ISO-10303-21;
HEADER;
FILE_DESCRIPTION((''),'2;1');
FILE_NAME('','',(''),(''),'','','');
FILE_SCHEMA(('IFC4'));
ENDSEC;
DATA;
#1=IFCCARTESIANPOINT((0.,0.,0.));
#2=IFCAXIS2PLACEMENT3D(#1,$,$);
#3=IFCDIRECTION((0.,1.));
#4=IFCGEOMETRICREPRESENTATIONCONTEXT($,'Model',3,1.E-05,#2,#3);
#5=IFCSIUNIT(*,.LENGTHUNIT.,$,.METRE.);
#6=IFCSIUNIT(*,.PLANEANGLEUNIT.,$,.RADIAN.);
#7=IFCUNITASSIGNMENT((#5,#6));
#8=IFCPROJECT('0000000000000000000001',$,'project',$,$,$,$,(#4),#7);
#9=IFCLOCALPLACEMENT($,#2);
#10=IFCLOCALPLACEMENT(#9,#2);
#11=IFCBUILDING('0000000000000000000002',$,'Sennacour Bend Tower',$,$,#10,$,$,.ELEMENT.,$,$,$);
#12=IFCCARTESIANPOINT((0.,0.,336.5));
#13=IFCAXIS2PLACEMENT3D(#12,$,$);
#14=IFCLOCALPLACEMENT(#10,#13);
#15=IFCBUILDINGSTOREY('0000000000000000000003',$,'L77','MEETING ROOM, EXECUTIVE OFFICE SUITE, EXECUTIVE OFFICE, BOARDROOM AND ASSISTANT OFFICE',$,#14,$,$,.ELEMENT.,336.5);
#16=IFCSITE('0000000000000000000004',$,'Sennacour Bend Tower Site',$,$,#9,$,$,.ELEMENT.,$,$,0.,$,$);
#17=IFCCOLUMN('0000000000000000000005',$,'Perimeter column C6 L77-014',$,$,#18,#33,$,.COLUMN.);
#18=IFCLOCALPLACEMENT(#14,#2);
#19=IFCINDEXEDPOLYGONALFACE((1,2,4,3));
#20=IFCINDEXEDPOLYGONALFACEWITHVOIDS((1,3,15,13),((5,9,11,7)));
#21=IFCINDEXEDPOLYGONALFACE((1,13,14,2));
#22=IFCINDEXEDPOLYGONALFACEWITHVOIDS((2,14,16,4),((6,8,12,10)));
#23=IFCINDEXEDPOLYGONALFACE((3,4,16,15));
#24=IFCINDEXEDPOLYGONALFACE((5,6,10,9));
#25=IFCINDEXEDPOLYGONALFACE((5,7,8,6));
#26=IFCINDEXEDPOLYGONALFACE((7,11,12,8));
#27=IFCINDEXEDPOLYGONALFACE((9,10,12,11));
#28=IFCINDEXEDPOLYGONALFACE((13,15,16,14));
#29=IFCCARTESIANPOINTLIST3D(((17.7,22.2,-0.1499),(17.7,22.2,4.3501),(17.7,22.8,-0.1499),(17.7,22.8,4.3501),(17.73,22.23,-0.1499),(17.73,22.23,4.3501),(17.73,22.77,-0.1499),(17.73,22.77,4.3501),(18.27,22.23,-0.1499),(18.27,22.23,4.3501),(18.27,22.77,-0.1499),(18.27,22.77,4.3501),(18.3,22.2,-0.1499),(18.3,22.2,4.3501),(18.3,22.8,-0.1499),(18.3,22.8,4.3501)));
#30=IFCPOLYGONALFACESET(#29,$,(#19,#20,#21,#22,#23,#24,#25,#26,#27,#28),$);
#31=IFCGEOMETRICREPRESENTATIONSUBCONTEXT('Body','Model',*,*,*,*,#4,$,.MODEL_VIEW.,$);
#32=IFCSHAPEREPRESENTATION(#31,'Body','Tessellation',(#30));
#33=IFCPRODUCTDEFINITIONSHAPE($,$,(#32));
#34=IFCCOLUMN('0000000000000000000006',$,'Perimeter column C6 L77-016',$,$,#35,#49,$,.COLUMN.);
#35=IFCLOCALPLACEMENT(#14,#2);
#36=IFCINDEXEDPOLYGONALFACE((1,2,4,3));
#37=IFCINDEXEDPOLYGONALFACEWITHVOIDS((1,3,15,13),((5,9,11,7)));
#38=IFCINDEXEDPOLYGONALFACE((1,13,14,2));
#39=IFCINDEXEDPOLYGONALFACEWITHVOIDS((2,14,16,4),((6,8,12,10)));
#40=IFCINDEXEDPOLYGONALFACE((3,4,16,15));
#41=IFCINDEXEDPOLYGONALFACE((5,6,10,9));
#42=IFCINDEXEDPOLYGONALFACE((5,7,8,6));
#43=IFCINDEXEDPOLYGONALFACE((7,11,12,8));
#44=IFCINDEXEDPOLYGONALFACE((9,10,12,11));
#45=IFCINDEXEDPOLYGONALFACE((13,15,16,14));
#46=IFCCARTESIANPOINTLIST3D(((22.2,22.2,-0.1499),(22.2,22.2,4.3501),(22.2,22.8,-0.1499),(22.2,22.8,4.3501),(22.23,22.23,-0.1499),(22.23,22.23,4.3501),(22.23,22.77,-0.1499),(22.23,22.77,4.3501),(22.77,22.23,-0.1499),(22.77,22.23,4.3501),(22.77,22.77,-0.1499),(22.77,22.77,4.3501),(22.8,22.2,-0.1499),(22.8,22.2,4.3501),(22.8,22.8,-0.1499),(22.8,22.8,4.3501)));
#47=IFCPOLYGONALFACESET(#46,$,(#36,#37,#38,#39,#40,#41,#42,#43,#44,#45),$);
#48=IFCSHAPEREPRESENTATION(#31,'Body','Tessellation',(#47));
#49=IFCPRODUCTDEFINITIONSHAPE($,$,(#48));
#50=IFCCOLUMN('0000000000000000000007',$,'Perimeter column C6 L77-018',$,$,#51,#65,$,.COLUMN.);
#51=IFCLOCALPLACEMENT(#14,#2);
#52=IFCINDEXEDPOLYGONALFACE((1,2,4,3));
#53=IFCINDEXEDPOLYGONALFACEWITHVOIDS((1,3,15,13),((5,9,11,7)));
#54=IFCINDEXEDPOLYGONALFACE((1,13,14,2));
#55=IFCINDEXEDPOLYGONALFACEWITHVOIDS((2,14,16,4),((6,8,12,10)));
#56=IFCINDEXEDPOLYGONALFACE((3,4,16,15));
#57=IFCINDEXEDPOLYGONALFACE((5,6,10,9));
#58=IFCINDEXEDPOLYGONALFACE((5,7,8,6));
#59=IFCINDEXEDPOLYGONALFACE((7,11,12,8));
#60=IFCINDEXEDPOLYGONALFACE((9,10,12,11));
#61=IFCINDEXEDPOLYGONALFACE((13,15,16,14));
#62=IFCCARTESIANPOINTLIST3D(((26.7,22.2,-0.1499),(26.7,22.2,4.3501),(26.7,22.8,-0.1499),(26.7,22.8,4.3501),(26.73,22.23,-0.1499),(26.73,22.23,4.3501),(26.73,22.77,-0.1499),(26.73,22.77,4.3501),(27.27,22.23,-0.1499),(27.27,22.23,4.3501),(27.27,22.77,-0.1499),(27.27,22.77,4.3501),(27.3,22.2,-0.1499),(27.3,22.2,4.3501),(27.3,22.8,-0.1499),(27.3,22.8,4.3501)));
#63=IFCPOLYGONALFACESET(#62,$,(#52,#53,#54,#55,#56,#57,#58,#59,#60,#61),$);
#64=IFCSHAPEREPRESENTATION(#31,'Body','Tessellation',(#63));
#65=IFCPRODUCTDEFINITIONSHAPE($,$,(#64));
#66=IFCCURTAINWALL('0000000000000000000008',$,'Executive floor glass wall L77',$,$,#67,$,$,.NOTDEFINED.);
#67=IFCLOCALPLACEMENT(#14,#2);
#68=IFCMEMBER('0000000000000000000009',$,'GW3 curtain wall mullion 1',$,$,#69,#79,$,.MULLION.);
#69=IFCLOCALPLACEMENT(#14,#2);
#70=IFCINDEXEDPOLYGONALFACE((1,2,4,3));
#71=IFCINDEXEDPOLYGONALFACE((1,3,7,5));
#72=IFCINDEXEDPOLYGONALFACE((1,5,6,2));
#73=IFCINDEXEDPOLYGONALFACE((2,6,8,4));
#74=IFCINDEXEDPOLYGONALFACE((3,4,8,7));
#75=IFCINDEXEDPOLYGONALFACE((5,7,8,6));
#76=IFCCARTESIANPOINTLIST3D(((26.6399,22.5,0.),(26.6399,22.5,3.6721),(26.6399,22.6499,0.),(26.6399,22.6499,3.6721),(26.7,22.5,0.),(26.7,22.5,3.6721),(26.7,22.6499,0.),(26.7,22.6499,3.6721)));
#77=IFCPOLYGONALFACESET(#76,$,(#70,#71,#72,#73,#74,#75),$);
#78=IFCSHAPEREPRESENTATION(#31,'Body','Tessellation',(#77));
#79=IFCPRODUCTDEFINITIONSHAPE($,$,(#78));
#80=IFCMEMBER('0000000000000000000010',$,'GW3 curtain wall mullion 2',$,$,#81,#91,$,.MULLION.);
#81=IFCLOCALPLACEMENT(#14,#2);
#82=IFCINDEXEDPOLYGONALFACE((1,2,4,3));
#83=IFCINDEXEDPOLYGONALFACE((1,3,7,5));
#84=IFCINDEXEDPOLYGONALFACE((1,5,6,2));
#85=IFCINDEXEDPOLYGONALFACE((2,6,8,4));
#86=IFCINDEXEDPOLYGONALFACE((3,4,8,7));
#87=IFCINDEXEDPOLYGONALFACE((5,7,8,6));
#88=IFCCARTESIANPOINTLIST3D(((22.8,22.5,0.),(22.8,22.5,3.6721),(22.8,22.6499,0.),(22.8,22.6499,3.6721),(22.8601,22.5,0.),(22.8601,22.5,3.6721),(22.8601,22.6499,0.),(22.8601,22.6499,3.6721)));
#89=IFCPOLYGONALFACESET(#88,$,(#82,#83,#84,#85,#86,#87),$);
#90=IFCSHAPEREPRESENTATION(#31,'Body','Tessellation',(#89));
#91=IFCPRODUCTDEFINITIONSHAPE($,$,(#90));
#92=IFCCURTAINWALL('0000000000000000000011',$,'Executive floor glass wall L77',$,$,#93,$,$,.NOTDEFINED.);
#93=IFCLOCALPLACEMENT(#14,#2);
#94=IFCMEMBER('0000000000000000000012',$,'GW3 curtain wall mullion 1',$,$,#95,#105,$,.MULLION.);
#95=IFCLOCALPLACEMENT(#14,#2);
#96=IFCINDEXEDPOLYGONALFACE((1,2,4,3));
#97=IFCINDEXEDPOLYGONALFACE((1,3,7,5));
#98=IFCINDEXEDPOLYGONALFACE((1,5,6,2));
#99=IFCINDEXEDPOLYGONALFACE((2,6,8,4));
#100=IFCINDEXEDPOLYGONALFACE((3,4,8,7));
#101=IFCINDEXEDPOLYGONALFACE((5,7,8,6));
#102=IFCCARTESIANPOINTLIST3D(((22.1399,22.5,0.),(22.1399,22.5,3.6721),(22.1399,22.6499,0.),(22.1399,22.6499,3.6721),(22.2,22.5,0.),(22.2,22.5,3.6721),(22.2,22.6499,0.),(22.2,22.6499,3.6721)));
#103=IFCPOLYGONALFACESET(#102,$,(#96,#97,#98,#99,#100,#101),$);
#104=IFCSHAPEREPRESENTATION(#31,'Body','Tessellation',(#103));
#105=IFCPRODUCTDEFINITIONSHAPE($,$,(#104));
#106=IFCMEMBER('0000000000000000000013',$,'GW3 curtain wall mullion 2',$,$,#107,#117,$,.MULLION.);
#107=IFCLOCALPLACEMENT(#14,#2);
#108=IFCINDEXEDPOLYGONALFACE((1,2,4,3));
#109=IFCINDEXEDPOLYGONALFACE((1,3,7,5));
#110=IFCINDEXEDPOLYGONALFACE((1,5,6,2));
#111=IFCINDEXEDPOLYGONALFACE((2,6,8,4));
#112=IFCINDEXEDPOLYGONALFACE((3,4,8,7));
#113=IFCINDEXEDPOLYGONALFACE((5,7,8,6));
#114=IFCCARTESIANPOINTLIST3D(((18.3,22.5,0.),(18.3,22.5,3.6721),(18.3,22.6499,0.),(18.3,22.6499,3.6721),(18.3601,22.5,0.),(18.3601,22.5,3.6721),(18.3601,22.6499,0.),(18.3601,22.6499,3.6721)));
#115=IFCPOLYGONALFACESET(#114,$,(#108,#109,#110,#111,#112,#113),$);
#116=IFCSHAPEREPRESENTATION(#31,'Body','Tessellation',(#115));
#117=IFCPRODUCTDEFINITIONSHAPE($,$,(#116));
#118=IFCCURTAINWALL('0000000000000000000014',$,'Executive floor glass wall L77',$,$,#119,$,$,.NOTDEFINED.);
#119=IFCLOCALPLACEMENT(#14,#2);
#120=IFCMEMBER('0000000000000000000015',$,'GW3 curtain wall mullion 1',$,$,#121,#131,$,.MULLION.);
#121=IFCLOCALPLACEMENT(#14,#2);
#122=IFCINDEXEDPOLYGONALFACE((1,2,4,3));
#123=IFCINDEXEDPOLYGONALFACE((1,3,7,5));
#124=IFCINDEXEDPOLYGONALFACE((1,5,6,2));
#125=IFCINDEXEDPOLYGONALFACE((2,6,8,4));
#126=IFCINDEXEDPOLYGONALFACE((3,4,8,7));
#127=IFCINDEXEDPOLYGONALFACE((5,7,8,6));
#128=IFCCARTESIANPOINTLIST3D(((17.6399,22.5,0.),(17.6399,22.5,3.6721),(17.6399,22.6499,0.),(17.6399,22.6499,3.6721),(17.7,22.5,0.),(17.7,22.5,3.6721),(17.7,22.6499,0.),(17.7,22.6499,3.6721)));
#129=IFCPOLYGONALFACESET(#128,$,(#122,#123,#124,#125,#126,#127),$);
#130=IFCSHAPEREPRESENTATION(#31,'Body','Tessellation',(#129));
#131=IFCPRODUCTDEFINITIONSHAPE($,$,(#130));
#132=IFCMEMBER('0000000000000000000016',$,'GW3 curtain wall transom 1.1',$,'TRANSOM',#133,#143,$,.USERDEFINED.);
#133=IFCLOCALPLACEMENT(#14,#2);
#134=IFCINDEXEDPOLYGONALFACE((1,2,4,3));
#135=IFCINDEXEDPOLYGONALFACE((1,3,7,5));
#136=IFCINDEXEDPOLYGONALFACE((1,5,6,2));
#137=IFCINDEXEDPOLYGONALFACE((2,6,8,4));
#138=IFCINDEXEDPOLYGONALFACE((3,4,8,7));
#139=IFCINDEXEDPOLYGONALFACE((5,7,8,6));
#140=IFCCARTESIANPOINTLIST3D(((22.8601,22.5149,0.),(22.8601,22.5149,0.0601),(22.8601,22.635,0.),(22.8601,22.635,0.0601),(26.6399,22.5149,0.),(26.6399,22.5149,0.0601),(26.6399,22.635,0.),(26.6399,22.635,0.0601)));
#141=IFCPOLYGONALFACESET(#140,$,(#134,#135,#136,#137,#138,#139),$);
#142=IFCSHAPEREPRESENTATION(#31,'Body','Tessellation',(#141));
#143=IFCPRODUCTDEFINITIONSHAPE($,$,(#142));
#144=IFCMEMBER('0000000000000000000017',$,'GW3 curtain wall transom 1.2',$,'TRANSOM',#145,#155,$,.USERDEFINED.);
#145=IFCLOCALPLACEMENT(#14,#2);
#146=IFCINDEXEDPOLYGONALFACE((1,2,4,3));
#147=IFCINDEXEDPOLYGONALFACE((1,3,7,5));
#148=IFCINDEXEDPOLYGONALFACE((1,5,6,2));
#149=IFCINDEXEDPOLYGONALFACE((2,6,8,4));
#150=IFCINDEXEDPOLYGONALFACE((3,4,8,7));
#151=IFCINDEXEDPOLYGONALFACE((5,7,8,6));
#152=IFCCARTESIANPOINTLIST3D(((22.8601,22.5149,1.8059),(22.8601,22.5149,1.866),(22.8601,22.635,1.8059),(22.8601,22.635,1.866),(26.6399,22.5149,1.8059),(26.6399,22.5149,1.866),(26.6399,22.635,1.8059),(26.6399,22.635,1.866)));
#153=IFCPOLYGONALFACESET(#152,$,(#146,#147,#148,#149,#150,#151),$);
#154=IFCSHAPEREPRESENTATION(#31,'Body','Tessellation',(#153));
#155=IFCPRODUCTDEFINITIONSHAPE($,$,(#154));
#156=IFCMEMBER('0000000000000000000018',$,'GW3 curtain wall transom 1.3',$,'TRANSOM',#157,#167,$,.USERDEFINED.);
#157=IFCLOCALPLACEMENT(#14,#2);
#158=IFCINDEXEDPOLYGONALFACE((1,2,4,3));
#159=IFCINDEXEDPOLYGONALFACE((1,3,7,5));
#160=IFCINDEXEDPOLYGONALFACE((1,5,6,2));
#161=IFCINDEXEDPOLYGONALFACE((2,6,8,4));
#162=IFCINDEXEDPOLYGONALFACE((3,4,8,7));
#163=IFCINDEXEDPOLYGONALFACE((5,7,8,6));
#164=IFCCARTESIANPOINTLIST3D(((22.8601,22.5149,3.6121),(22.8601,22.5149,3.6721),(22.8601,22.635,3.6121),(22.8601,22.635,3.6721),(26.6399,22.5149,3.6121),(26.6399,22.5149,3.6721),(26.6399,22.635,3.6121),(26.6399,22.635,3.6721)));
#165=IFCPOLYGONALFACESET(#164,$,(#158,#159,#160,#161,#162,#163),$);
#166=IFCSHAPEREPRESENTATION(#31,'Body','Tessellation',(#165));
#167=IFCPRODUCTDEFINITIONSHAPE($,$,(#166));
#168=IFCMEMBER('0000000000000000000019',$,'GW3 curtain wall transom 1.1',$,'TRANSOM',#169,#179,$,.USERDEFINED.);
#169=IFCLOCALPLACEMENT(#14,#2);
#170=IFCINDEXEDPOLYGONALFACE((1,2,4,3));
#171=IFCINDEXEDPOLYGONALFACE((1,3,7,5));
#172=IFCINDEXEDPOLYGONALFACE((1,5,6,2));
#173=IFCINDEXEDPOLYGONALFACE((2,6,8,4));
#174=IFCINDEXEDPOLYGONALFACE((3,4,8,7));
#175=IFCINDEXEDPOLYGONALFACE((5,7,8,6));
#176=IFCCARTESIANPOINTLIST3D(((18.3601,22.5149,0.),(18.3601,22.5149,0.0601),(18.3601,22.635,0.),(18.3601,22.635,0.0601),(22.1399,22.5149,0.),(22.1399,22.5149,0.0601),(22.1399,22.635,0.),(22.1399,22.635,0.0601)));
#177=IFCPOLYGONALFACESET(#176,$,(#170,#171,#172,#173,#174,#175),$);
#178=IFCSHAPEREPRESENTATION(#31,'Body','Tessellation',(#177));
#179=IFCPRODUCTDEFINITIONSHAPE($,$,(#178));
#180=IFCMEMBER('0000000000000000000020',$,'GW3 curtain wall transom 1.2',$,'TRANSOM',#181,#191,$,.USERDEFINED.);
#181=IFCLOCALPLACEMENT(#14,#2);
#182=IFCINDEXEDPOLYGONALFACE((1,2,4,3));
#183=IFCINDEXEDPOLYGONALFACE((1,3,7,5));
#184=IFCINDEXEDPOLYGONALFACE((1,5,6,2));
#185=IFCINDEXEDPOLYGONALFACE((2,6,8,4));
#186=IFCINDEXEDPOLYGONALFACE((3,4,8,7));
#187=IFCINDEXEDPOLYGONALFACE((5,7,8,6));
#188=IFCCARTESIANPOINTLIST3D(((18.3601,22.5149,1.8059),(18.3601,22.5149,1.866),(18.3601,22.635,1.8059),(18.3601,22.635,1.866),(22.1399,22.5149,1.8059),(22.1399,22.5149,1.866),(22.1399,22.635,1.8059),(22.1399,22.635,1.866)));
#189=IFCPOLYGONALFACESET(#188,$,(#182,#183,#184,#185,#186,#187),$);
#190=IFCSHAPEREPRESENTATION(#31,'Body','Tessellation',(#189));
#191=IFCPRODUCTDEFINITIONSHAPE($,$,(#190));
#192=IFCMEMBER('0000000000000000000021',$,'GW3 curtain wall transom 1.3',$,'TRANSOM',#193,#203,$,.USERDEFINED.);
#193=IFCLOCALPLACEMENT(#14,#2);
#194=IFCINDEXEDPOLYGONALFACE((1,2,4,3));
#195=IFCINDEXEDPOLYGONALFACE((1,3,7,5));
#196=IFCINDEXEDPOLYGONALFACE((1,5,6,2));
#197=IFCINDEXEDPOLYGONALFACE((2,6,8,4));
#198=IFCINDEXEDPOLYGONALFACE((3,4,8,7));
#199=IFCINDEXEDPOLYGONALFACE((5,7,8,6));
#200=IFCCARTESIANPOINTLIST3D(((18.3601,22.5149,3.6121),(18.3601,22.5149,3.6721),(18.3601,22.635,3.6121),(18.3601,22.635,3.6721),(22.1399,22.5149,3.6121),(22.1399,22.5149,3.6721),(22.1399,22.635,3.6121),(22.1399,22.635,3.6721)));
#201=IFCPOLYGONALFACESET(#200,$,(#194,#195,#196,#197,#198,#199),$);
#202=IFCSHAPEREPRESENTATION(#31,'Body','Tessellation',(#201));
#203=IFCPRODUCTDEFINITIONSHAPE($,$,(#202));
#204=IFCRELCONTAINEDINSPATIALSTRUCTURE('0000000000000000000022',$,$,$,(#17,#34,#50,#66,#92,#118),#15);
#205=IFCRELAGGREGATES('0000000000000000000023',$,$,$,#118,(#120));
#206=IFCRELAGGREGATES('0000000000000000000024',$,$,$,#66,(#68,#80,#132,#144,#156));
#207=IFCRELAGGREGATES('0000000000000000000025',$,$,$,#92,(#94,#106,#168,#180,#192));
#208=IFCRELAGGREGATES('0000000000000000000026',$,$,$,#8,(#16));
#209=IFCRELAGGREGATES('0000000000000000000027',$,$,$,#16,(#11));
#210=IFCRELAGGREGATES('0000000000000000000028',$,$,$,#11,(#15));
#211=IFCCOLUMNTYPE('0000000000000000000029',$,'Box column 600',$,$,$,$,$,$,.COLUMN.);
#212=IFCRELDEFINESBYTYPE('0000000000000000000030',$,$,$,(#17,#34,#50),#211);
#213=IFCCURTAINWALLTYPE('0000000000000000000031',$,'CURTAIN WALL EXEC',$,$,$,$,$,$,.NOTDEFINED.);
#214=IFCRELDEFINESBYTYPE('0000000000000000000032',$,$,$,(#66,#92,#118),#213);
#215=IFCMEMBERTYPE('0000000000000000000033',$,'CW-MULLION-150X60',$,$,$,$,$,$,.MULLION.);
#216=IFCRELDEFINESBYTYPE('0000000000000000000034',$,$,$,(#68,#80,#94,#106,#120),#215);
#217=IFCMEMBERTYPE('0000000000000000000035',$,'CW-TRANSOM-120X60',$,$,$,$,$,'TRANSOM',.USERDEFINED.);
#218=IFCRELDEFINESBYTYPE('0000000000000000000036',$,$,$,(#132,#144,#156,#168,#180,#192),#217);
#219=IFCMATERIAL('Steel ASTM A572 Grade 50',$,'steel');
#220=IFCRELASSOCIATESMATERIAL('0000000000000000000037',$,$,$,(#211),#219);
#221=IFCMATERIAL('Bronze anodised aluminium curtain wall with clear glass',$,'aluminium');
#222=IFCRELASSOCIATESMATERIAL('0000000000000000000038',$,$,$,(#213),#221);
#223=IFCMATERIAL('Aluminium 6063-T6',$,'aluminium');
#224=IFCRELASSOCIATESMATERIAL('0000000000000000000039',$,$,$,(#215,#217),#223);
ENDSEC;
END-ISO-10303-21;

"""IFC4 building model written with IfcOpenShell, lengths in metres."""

from ifc_helpers import new_model, si_unit, direction, frame, origin, origin_2d, place, context, subcontext, project, spatial, rectangle, hollow_rectangle, extrude, material, material_profile, profile_set, type_object, element, aggregate, save


model = new_model("IFC4")

# Units and contexts
model_context = context("Model", 3, precision=1e-05, world=origin(), true_north=direction((0.0, 1.0)))
body_context = subcontext(model_context, "Body", "Model", "MODEL_VIEW")
ifc_project = project(units=[si_unit("LENGTHUNIT", "METRE"), si_unit("PLANEANGLEUNIT", "RADIAN")], contexts=[model_context])

# Site, building, storey
site_placement = place(None, origin())
site = spatial("IfcSite", under=ifc_project, at=site_placement, Name="Sennacour Bend Tower Site", CompositionType="ELEMENT", RefElevation=0.0)
building_placement = place(site_placement, origin())
building = spatial("IfcBuilding", under=site, at=building_placement, Name="Sennacour Bend Tower", CompositionType="ELEMENT")
storey_placement = place(building_placement, frame((0.0, 0.0, 336.5)))
storey = spatial("IfcBuildingStorey", under=building, at=storey_placement, Name="L77", Description="MEETING ROOM, EXECUTIVE OFFICE SUITE, EXECUTIVE OFFICE, BOARDROOM AND ASSISTANT OFFICE", CompositionType="ELEMENT", Elevation=336.5)

# Columns
ifc_material_1 = material(Name="Steel ASTM A572 Grade 50", Category="steel")
ifc_material_profile_1 = material_profile(ifc_material_1, hollow_rectangle(XDim=0.6001, YDim=0.6001, WallThickness=0.03, at=origin_2d()), Name="Steel ASTM A572 Grade 50", Category="steel")
ifc_profile_set_1 = profile_set([ifc_material_profile_1], Name="Steel ASTM A572 Grade 50")
column_type = type_object("IfcColumnType", Name="Box column 600", PredefinedType="COLUMN", material=ifc_profile_set_1)
for number, where, z_axis, x_axis, name in (
    (1, (18.0, 22.5, -0.1499), (0.0, 0.0, 1.0), (1.0, 0.0, 0.0), "Perimeter column C6 L77-014"),
    (2, (22.5, 22.5, -0.1499), (0.0, 0.0, 1.0), (1.0, 0.0, 0.0), "Perimeter column C6 L77-016"),
    (3, (27.0, 22.5, -0.1499), (0.0, 0.0, 1.0), (1.0, 0.0, 0.0), "Perimeter column C6 L77-018"),
):
    element("IfcColumn", number, at=place(storey_placement, frame(where, z_axis=z_axis, x_axis=x_axis)), inside=storey, type_object=column_type, Name=name, PredefinedType="COLUMN", context=body_context, shape_type="SweptSolid", body=[
        extrude(hollow_rectangle(XDim=0.6001, YDim=0.6001, WallThickness=0.03, at=origin_2d()), origin(), (0.0, 0.0, 1.0), 4.5),
    ])

# Curtain walls, members
ifc_material_2 = material(Name="Bronze anodised aluminium curtain wall with clear glass", Category="aluminium")
curtain_wall_type = type_object("IfcCurtainWallType", Name="CURTAIN WALL EXEC", PredefinedType="NOTDEFINED", material=ifc_material_2)
curtain_wall_1_placement = place(storey_placement, origin())
curtain_wall_1 = element("IfcCurtainWall", 4, at=curtain_wall_1_placement, inside=storey, type_object=curtain_wall_type, Name="Executive floor glass wall L77", PredefinedType="NOTDEFINED")
ifc_material_3 = material(Name="Aluminium 6063-T6", Category="aluminium")
ifc_material_profile_2 = material_profile(ifc_material_3, rectangle(XDim=0.1499, YDim=0.0601, at=origin_2d()), Name="Aluminium 6063-T6", Category="aluminium")
ifc_profile_set_2 = profile_set([ifc_material_profile_2], Name="Aluminium 6063-T6")
member_type_1 = type_object("IfcMemberType", Name="CW-MULLION-150X60", PredefinedType="MULLION", material=ifc_profile_set_2)
member_1_placement = place(storey_placement, frame((26.6699, 22.575, 0.0), z_axis=(0.0, 0.0, 1.0), x_axis=(0.0, -1.0, 0.0)))
member_1 = element("IfcMember", 5, at=member_1_placement, type_object=member_type_1, Name="GW3 curtain wall mullion 1", PredefinedType="MULLION", context=body_context, shape_type="SweptSolid", body=[
    extrude(rectangle(XDim=0.1499, YDim=0.0601, at=origin_2d()), origin(), (0.0, 0.0, 1.0), 3.6721),
])
member_2_placement = place(storey_placement, frame((22.8301, 22.575, 0.0), z_axis=(0.0, 0.0, 1.0), x_axis=(0.0, -1.0, 0.0)))
member_2 = element("IfcMember", 6, at=member_2_placement, type_object=member_type_1, Name="GW3 curtain wall mullion 2", PredefinedType="MULLION", context=body_context, shape_type="SweptSolid", body=[
    extrude(rectangle(XDim=0.1499, YDim=0.0601, at=origin_2d()), origin(), (0.0, 0.0, 1.0), 3.6721),
])
curtain_wall_2_placement = place(storey_placement, origin())
curtain_wall_2 = element("IfcCurtainWall", 7, at=curtain_wall_2_placement, inside=storey, type_object=curtain_wall_type, Name="Executive floor glass wall L77", PredefinedType="NOTDEFINED")
member_3_placement = place(storey_placement, frame((22.1699, 22.575, 0.0), z_axis=(0.0, 0.0, 1.0), x_axis=(0.0, -1.0, 0.0)))
member_3 = element("IfcMember", 8, at=member_3_placement, type_object=member_type_1, Name="GW3 curtain wall mullion 1", PredefinedType="MULLION", context=body_context, shape_type="SweptSolid", body=[
    extrude(rectangle(XDim=0.1499, YDim=0.0601, at=origin_2d()), origin(), (0.0, 0.0, 1.0), 3.6721),
])
member_4_placement = place(storey_placement, frame((18.3301, 22.575, 0.0), z_axis=(0.0, 0.0, 1.0), x_axis=(0.0, -1.0, 0.0)))
member_4 = element("IfcMember", 9, at=member_4_placement, type_object=member_type_1, Name="GW3 curtain wall mullion 2", PredefinedType="MULLION", context=body_context, shape_type="SweptSolid", body=[
    extrude(rectangle(XDim=0.1499, YDim=0.0601, at=origin_2d()), origin(), (0.0, 0.0, 1.0), 3.6721),
])

# Curtain wall, member
curtain_wall_3_placement = place(storey_placement, origin())
curtain_wall_3 = element("IfcCurtainWall", 10, at=curtain_wall_3_placement, inside=storey, type_object=curtain_wall_type, Name="Executive floor glass wall L77", PredefinedType="NOTDEFINED")
member_5_placement = place(storey_placement, frame((17.6699, 22.575, 0.0), z_axis=(0.0, 0.0, 1.0), x_axis=(0.0, -1.0, 0.0)))
member_5 = element("IfcMember", 11, at=member_5_placement, type_object=member_type_1, Name="GW3 curtain wall mullion 1", PredefinedType="MULLION", context=body_context, shape_type="SweptSolid", body=[
    extrude(rectangle(XDim=0.1499, YDim=0.0601, at=origin_2d()), origin(), (0.0, 0.0, 1.0), 3.6721),
])

# Members
ifc_material_profile_3 = material_profile(ifc_material_3, rectangle(XDim=0.1201, YDim=0.0601, at=origin_2d()), Name="Aluminium 6063-T6", Category="aluminium")
ifc_profile_set_3 = profile_set([ifc_material_profile_3], Name="Aluminium 6063-T6")
member_type_2 = type_object("IfcMemberType", Name="CW-TRANSOM-120X60", ElementType="TRANSOM", PredefinedType="USERDEFINED", material=ifc_profile_set_3)
member_6_placement = place(storey_placement, frame((26.6399, 22.575, 0.03), z_axis=(-1.0, 0.0, 0.0), x_axis=(0.0, -1.0, 0.0)))
member_6 = element("IfcMember", 12, at=member_6_placement, type_object=member_type_2, Name="GW3 curtain wall transom 1.1", ObjectType="TRANSOM", PredefinedType="USERDEFINED", context=body_context, shape_type="SweptSolid", body=[
    extrude(rectangle(XDim=0.1201, YDim=0.0601, at=origin_2d()), origin(), (0.0, 0.0, 1.0), 3.7798),
])
member_7_placement = place(storey_placement, frame((26.6399, 22.575, 1.8359), z_axis=(-1.0, 0.0, 0.0), x_axis=(0.0, -1.0, 0.0)))
member_7 = element("IfcMember", 13, at=member_7_placement, type_object=member_type_2, Name="GW3 curtain wall transom 1.2", ObjectType="TRANSOM", PredefinedType="USERDEFINED", context=body_context, shape_type="SweptSolid", body=[
    extrude(rectangle(XDim=0.1201, YDim=0.0601, at=origin_2d()), origin(), (0.0, 0.0, 1.0), 3.7798),
])
member_8_placement = place(storey_placement, frame((26.6399, 22.575, 3.6421), z_axis=(-1.0, 0.0, 0.0), x_axis=(0.0, -1.0, 0.0)))
member_8 = element("IfcMember", 14, at=member_8_placement, type_object=member_type_2, Name="GW3 curtain wall transom 1.3", ObjectType="TRANSOM", PredefinedType="USERDEFINED", context=body_context, shape_type="SweptSolid", body=[
    extrude(rectangle(XDim=0.1201, YDim=0.0601, at=origin_2d()), origin(), (0.0, 0.0, 1.0), 3.7798),
])
member_9_placement = place(storey_placement, frame((22.1399, 22.575, 0.03), z_axis=(-1.0, 0.0, 0.0), x_axis=(0.0, -1.0, 0.0)))
member_9 = element("IfcMember", 15, at=member_9_placement, type_object=member_type_2, Name="GW3 curtain wall transom 1.1", ObjectType="TRANSOM", PredefinedType="USERDEFINED", context=body_context, shape_type="SweptSolid", body=[
    extrude(rectangle(XDim=0.1201, YDim=0.0601, at=origin_2d()), origin(), (0.0, 0.0, 1.0), 3.7798),
])
member_10_placement = place(storey_placement, frame((22.1399, 22.575, 1.8359), z_axis=(-1.0, 0.0, 0.0), x_axis=(0.0, -1.0, 0.0)))
member_10 = element("IfcMember", 16, at=member_10_placement, type_object=member_type_2, Name="GW3 curtain wall transom 1.2", ObjectType="TRANSOM", PredefinedType="USERDEFINED", context=body_context, shape_type="SweptSolid", body=[
    extrude(rectangle(XDim=0.1201, YDim=0.0601, at=origin_2d()), origin(), (0.0, 0.0, 1.0), 3.7798),
])
member_11_placement = place(storey_placement, frame((22.1399, 22.575, 3.6421), z_axis=(-1.0, 0.0, 0.0), x_axis=(0.0, -1.0, 0.0)))
member_11 = element("IfcMember", 17, at=member_11_placement, type_object=member_type_2, Name="GW3 curtain wall transom 1.3", ObjectType="TRANSOM", PredefinedType="USERDEFINED", context=body_context, shape_type="SweptSolid", body=[
    extrude(rectangle(XDim=0.1201, YDim=0.0601, at=origin_2d()), origin(), (0.0, 0.0, 1.0), 3.7798),
])
aggregate(curtain_wall_3, [member_5])

aggregate(curtain_wall_1, [member_1, member_2, member_6, member_7, member_8])
aggregate(curtain_wall_2, [member_3, member_4, member_9, member_10, member_11])

save(model, "model.ifc")
